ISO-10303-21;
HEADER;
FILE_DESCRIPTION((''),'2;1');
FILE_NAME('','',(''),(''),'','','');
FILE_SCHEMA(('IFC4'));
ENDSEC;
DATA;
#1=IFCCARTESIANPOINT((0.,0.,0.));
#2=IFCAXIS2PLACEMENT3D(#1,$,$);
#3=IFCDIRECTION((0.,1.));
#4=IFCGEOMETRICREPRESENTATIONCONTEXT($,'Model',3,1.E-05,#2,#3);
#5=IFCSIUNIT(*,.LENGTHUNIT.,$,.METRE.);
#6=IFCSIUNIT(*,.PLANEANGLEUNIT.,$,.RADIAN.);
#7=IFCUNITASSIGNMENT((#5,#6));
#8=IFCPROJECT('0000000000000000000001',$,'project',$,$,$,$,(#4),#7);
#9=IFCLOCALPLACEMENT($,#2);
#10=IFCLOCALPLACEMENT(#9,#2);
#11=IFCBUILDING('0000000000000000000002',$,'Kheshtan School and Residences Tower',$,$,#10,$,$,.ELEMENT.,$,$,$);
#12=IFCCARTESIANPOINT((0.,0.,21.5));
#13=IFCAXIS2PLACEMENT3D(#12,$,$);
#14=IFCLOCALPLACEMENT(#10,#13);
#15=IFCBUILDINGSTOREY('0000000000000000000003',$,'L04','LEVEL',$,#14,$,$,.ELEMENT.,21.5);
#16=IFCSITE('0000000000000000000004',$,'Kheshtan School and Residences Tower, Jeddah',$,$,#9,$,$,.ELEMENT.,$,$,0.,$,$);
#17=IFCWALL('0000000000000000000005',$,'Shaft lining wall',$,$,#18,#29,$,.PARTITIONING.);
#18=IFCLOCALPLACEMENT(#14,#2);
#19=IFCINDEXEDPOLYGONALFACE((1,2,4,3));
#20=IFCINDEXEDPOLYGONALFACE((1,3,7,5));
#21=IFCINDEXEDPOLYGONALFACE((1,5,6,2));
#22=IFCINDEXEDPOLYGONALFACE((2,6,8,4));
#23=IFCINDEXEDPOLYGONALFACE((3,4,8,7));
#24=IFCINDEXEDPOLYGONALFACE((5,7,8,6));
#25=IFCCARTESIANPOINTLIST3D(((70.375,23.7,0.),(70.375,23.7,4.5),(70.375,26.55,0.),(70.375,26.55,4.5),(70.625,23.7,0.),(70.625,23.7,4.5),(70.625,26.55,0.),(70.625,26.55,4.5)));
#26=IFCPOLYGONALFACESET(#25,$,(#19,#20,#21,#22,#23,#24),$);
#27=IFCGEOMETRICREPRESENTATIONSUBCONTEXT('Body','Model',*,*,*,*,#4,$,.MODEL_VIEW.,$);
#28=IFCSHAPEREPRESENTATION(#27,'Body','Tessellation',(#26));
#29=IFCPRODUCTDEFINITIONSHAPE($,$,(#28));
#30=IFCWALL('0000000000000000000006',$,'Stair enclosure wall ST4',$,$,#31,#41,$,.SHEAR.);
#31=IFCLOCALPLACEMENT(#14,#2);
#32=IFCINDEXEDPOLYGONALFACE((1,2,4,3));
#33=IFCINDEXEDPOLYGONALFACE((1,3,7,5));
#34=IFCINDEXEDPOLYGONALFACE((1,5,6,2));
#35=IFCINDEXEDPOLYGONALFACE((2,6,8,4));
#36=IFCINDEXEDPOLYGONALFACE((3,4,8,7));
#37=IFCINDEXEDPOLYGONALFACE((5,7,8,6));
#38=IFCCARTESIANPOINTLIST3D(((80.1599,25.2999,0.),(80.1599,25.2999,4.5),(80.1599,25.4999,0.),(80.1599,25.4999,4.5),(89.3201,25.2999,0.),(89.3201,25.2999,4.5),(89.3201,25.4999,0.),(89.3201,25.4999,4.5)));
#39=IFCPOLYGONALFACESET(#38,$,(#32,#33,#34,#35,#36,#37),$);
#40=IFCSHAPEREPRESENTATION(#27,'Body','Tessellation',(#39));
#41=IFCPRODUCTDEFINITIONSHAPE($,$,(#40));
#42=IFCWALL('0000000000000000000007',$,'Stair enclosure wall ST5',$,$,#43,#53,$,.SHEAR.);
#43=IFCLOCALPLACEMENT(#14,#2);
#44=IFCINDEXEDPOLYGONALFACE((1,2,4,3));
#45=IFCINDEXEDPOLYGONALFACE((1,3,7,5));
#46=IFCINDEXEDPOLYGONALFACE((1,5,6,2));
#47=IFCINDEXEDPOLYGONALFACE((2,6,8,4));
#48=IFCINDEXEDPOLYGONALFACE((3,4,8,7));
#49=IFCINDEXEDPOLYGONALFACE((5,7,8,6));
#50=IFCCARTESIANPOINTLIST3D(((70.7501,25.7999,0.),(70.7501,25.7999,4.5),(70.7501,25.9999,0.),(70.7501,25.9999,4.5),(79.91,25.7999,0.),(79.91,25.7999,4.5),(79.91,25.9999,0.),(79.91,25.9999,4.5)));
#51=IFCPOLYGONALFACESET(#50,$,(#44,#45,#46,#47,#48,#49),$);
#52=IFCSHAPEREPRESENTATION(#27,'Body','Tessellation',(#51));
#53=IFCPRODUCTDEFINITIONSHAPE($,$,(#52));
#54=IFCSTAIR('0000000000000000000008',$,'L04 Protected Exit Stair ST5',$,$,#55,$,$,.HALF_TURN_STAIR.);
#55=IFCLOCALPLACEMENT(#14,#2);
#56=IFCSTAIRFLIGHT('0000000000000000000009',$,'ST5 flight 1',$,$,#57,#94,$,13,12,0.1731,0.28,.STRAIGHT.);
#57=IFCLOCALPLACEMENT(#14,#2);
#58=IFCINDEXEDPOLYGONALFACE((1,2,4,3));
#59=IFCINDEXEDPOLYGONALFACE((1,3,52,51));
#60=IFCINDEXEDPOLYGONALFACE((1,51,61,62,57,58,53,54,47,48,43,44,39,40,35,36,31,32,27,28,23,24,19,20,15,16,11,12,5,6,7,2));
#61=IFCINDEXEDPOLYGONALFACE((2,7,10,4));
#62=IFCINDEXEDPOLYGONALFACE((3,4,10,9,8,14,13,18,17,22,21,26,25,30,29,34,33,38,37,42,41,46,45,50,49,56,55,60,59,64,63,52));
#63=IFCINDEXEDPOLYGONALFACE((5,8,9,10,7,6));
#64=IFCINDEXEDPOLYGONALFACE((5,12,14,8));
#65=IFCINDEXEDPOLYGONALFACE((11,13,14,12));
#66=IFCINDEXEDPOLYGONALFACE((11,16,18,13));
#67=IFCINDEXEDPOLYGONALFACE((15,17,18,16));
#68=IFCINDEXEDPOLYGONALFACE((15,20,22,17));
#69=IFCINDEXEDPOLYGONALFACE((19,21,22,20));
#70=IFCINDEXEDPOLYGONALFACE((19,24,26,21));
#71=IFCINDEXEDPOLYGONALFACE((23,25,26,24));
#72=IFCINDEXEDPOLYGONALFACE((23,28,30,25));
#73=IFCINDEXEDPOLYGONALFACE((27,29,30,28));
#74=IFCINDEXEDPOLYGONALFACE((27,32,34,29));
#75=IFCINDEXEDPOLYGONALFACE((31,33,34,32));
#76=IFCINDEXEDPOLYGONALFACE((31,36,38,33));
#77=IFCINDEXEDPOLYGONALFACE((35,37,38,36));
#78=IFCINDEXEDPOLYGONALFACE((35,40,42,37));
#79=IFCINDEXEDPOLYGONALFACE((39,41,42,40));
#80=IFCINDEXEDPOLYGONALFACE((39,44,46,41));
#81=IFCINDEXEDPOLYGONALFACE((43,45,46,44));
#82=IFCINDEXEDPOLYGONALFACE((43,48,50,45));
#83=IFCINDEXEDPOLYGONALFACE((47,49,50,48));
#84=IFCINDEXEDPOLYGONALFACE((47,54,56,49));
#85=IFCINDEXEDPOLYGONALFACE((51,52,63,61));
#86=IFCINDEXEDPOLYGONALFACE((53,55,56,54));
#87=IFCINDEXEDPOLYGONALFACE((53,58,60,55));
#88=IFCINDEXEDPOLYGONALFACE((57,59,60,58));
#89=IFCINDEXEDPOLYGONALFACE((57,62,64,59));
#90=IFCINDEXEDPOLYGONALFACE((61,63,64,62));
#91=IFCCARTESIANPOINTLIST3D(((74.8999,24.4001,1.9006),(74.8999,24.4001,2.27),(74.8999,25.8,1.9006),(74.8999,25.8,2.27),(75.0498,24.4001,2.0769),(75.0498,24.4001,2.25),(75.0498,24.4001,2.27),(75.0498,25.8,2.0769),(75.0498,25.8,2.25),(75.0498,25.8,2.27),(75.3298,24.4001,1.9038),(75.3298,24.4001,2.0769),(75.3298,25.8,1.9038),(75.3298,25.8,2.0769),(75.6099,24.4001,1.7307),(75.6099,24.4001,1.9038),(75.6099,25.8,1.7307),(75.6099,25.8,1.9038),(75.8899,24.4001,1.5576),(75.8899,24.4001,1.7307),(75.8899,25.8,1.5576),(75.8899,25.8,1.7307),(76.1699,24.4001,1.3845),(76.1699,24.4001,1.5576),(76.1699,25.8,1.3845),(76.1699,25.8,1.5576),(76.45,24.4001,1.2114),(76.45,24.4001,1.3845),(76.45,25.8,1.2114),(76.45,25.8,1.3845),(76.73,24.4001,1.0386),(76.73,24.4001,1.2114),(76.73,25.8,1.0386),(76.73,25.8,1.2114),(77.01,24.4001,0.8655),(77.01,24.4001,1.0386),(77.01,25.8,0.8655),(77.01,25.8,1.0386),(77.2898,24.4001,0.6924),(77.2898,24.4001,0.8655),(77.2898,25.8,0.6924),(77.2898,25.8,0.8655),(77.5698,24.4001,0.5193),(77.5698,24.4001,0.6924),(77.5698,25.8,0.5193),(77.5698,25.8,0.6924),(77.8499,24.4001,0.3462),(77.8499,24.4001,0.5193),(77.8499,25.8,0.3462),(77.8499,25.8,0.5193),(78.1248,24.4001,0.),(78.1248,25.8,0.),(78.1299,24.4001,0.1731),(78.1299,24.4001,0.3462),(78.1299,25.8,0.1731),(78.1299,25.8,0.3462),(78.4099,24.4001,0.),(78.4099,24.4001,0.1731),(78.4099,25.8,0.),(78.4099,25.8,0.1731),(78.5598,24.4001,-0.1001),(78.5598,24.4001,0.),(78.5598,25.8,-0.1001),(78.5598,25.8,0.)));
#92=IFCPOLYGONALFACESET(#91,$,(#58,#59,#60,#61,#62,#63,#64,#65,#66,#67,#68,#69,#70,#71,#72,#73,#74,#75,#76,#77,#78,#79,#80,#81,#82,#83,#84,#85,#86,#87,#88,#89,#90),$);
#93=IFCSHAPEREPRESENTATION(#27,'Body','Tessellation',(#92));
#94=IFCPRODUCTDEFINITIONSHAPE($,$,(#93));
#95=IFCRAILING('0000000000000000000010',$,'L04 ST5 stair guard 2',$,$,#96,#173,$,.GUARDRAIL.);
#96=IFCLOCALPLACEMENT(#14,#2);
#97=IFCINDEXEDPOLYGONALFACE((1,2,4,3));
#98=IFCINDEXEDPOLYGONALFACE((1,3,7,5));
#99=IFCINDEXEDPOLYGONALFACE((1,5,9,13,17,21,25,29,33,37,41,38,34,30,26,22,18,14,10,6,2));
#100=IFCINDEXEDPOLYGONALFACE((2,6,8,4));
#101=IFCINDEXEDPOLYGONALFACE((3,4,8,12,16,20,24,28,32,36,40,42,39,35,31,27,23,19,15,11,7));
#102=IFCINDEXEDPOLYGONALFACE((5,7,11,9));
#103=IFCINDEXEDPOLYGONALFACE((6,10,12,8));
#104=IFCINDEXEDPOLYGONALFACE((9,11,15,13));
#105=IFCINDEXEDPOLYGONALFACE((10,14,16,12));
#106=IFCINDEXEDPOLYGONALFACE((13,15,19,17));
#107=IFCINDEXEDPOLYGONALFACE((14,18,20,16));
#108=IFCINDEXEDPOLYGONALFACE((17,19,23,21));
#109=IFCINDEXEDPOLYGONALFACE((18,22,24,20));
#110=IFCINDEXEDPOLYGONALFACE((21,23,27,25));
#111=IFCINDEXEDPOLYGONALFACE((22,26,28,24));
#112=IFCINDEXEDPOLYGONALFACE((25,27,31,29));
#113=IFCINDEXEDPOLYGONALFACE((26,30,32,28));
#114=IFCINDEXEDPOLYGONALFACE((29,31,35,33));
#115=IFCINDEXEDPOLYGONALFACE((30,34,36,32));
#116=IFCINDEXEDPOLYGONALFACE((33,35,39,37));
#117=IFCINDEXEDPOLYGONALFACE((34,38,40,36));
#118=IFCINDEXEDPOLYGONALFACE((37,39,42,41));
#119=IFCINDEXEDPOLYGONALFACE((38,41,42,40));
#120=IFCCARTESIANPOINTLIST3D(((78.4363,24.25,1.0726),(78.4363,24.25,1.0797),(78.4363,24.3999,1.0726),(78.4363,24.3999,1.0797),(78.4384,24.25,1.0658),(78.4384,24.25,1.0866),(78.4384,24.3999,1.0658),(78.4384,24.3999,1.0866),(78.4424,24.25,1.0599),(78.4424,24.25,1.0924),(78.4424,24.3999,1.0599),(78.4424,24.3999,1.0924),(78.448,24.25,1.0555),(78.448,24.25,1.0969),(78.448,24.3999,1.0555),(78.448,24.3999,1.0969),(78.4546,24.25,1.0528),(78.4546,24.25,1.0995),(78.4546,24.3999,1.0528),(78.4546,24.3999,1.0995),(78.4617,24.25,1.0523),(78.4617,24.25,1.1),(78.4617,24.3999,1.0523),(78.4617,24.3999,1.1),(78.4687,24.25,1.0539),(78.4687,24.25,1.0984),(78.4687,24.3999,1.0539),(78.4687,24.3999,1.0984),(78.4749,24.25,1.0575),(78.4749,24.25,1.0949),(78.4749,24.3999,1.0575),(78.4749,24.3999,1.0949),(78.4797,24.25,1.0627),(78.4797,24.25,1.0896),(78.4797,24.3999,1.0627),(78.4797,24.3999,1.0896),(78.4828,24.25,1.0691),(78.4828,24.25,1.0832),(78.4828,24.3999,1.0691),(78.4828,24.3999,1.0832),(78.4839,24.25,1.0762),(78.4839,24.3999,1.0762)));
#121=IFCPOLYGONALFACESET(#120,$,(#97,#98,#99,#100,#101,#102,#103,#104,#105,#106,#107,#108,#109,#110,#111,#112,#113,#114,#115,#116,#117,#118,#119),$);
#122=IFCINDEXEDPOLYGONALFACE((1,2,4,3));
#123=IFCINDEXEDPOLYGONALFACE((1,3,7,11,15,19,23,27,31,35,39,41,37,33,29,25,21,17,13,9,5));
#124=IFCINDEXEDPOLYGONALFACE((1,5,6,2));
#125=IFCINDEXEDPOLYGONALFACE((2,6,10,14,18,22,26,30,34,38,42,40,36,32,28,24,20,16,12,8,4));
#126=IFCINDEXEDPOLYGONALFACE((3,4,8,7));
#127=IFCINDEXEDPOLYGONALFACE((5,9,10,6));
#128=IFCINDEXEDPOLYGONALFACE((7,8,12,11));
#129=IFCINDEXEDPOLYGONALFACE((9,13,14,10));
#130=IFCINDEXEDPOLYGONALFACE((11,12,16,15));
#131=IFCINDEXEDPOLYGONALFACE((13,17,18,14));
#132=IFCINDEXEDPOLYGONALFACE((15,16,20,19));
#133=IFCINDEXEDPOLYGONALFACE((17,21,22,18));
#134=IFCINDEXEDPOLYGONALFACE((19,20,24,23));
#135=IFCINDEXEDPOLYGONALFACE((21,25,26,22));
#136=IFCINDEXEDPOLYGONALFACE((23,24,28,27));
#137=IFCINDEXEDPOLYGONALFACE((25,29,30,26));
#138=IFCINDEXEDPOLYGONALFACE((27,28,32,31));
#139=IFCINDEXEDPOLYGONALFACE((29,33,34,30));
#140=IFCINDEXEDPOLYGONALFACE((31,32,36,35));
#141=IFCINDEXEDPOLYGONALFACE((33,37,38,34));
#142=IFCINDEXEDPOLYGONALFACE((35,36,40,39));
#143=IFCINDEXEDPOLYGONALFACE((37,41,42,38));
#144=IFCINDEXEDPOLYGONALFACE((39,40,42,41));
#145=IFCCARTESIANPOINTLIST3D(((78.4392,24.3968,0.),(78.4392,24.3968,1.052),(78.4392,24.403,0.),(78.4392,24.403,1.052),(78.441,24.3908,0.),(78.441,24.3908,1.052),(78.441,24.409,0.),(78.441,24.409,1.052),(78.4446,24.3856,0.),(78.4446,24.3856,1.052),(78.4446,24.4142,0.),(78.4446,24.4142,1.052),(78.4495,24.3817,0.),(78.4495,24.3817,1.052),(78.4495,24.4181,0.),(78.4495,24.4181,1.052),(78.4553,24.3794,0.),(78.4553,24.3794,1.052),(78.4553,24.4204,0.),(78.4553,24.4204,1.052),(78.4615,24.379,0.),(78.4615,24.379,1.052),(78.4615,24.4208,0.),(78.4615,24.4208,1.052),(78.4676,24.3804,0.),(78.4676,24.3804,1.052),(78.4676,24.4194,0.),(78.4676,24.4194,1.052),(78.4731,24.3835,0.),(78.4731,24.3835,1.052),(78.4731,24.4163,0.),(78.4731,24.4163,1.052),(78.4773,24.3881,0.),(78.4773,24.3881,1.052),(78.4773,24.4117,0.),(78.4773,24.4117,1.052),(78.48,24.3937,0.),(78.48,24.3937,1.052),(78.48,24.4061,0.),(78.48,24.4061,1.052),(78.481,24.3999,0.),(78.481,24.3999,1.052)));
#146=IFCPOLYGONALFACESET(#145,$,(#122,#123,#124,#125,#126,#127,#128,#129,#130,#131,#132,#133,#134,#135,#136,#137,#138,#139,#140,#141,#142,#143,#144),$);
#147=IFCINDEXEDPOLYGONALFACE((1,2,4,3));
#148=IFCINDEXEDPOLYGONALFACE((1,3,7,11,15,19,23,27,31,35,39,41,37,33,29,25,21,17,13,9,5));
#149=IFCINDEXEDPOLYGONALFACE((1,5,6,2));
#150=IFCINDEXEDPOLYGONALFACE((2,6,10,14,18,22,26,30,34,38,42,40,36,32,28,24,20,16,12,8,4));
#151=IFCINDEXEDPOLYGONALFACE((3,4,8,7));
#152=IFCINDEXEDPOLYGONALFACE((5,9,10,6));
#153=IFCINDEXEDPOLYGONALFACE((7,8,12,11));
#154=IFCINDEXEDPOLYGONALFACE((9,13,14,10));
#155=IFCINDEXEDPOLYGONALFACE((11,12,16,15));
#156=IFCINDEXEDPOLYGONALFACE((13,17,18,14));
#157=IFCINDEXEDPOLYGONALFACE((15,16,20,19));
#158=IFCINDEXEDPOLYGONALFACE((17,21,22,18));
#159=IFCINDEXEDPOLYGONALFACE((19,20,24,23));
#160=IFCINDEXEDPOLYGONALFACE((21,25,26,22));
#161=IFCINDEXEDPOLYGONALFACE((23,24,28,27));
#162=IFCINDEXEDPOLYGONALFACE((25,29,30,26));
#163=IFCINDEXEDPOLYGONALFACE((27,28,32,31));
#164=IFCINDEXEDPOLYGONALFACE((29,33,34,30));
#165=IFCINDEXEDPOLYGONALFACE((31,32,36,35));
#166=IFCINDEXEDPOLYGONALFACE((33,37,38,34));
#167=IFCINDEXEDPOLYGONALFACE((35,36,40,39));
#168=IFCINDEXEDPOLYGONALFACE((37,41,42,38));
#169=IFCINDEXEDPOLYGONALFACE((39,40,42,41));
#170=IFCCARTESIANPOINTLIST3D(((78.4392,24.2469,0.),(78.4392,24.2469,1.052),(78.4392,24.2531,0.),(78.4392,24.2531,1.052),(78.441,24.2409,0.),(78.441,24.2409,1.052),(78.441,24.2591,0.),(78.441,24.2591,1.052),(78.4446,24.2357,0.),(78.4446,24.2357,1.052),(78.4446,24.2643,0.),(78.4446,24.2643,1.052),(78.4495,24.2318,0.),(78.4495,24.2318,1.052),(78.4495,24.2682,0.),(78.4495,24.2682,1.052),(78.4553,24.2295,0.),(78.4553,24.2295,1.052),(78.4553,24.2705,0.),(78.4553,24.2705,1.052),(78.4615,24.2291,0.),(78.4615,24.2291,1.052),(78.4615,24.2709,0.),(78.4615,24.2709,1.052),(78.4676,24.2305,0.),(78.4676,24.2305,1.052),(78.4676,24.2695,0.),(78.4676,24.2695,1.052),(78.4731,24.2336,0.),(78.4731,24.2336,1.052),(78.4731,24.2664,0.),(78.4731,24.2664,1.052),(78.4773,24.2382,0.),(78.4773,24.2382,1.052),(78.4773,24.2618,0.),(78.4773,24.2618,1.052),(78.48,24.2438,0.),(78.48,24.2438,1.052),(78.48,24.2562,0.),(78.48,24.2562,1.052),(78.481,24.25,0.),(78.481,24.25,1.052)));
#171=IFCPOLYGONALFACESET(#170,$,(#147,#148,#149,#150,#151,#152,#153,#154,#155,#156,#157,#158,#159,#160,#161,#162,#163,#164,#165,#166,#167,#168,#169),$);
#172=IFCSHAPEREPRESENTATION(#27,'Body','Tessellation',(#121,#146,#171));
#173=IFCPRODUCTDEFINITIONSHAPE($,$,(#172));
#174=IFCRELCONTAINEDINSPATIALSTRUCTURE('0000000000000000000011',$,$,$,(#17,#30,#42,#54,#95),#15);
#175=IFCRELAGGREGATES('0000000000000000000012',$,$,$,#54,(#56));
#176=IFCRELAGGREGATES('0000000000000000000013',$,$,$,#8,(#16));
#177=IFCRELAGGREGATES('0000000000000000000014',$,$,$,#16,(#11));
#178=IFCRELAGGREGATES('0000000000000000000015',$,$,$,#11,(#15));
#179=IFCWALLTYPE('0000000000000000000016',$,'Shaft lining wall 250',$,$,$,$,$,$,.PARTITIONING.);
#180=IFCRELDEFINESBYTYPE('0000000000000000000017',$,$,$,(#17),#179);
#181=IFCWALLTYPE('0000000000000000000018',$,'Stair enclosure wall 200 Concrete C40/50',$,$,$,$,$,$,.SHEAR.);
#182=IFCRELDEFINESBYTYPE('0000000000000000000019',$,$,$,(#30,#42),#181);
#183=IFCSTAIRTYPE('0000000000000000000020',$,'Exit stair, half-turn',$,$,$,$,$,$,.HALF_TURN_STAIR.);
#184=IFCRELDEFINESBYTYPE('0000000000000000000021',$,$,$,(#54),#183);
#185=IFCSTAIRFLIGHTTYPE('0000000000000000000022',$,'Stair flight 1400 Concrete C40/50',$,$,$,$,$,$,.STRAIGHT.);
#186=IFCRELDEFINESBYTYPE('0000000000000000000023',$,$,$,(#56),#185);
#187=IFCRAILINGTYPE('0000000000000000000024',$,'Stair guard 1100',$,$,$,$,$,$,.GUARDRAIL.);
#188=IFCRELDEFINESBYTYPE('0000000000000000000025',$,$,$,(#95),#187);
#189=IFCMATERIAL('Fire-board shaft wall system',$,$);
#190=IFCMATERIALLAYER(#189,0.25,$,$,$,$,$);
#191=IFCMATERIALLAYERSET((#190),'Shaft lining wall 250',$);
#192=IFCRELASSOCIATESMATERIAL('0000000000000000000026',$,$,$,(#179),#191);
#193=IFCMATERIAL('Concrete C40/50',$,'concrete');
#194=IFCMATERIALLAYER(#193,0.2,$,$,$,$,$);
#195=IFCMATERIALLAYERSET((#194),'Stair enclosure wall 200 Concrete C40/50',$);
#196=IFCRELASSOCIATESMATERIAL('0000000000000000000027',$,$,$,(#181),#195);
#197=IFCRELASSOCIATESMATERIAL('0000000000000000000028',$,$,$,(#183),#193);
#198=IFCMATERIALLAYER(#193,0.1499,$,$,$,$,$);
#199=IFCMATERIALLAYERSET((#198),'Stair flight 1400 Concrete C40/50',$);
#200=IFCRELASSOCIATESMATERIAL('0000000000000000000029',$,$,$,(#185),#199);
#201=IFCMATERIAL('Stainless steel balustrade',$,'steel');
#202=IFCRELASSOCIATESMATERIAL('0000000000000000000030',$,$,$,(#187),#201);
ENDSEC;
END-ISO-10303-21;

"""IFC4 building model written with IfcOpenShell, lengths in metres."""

from ifc_helpers import new_model, si_unit, direction, frame, frame_2d, origin, origin_2d, place, context, subcontext, project, spatial, polyline, rectangle, circle, outline, extrude, material, layer, layer_set, type_object, element, aggregate, save


model = new_model("IFC4")

# Units and contexts
model_context = context("Model", 3, precision=1e-05, world=origin(), true_north=direction((0.0, 1.0)))
body_context = subcontext(model_context, "Body", "Model", "MODEL_VIEW")
ifc_project = project(units=[si_unit("LENGTHUNIT", "METRE"), si_unit("PLANEANGLEUNIT", "RADIAN")], contexts=[model_context])

# Site, building, storey
site_placement = place(None, origin())
site = spatial("IfcSite", under=ifc_project, at=site_placement, Name="Kheshtan School and Residences Tower, Jeddah", CompositionType="ELEMENT", RefElevation=0.0)
building_placement = place(site_placement, origin())
building = spatial("IfcBuilding", under=site, at=building_placement, Name="Kheshtan School and Residences Tower", CompositionType="ELEMENT")
storey_placement = place(building_placement, frame((0.0, 0.0, 21.5)))
storey = spatial("IfcBuildingStorey", under=building, at=storey_placement, Name="L04", Description="LEVEL", CompositionType="ELEMENT", Elevation=21.5)

# Walls
ifc_material_1 = material(Name="Fire-board shaft wall system")
ifc_layer_1 = layer(ifc_material_1, 0.25)
ifc_layer_set_1 = layer_set([ifc_layer_1], Name="Shaft lining wall 250")
wall_type_1 = type_object("IfcWallType", Name="Shaft lining wall 250", PredefinedType="PARTITIONING", material=ifc_layer_set_1)
wall_1_placement = place(storey_placement, frame((70.5, 23.7, 0.0), z_axis=(0.0, 0.0, 1.0), x_axis=(0.0, 1.0, 0.0)))
element("IfcWall", 1, at=wall_1_placement, inside=storey, type_object=wall_type_1, Name="Shaft lining wall", PredefinedType="PARTITIONING", context=body_context, shape_type="SweptSolid", body=[
    extrude(rectangle(XDim=2.8501, YDim=0.25, at=frame_2d((1.425, 0.0))), origin(), (0.0, 0.0, 1.0), 4.5),
])
ifc_material_2 = material(Name="Concrete C40/50", Category="concrete")
ifc_layer_2 = layer(ifc_material_2, 0.2)
ifc_layer_set_2 = layer_set([ifc_layer_2], Name="Stair enclosure wall 200 Concrete C40/50")
wall_type_2 = type_object("IfcWallType", Name="Stair enclosure wall 200 Concrete C40/50", PredefinedType="SHEAR", material=ifc_layer_set_2)
wall_2_placement = place(storey_placement, frame((80.1599, 25.3999, 0.0), z_axis=(0.0, 0.0, 1.0), x_axis=(1.0, 0.0, 0.0)))
element("IfcWall", 2, at=wall_2_placement, inside=storey, type_object=wall_type_2, Name="Stair enclosure wall ST4", PredefinedType="SHEAR", context=body_context, shape_type="SweptSolid", body=[
    extrude(rectangle(XDim=9.1602, YDim=0.2, at=frame_2d((4.5801, 0.0))), origin(), (0.0, 0.0, 1.0), 4.5),
])
wall_3_placement = place(storey_placement, frame((70.75, 25.8999, 0.0), z_axis=(0.0, 0.0, 1.0), x_axis=(1.0, 0.0, 0.0)))
element("IfcWall", 3, at=wall_3_placement, inside=storey, type_object=wall_type_2, Name="Stair enclosure wall ST5", PredefinedType="SHEAR", context=body_context, shape_type="SweptSolid", body=[
    extrude(rectangle(XDim=9.1599, YDim=0.2, at=frame_2d((4.5801, 0.0))), origin(), (0.0, 0.0, 1.0), 4.5),
])

# Stair, stair flight
stair_type = type_object("IfcStairType", Name="Exit stair, half-turn", PredefinedType="HALF_TURN_STAIR", material=ifc_material_2)
stair_placement = place(storey_placement, origin())
stair = element("IfcStair", 4, at=stair_placement, inside=storey, type_object=stair_type, Name="L04 Protected Exit Stair ST5", PredefinedType="HALF_TURN_STAIR")
ifc_layer_3 = layer(ifc_material_2, 0.1499)
ifc_layer_set_3 = layer_set([ifc_layer_3], Name="Stair flight 1400 Concrete C40/50")
stair_flight_type = type_object("IfcStairFlightType", Name="Stair flight 1400 Concrete C40/50", PredefinedType="STRAIGHT", material=ifc_layer_set_3)
stair_flight_placement = place(storey_placement, frame((78.4099, 25.1001, 0.0), z_axis=(0.0, 0.0, 1.0), x_axis=(-1.0, 0.0, 0.0)))
stair_flight = element("IfcStairFlight", 5, at=stair_flight_placement, type_object=stair_flight_type, Name="ST5 flight 1", NumberOfRisers=13, NumberOfTreads=12, PredefinedType="STRAIGHT", RiserHeight=0.1731, TreadLength=0.28, context=body_context, shape_type="SweptSolid", body=[
    extrude(outline(polyline([(-0.1499, -0.1001), (-0.1499, 0.0), (0.0, 0.0), (0.0, 0.1731), (0.28, 0.1731), (0.28, 0.3462), (0.5601, 0.3462), (0.5601, 0.5193), (0.8401, 0.5193), (0.8401, 0.6924), (1.1201, 0.6924), (1.1201, 0.8655), (1.3999, 0.8655), (1.3999, 1.0386), (1.6799, 1.0386), (1.6799, 1.2114), (1.96, 1.2114), (1.96, 1.3845), (2.24, 1.3845), (2.24, 1.5576), (2.52, 1.5576), (2.52, 1.7307), (2.8, 1.7307), (2.8, 1.9038), (3.0801, 1.9038), (3.0801, 2.0769), (3.3601, 2.0769), (3.3601, 2.25), (3.3601, 2.27), (3.51, 2.27), (3.51, 1.9006), (0.2852, 0.0), (-0.1499, -0.1001)])), frame((0.0, 0.7, 0.0), z_axis=(0.0, -1.0, 0.0), x_axis=(1.0, 0.0, 0.0)), (0.0, 0.0, 1.0), 1.3999),
])
aggregate(stair, [stair_flight])

# Railing
ifc_material_3 = material(Name="Stainless steel balustrade", Category="steel")
railing_type_1 = type_object("IfcRailingType", Name="Stair guard 1100", PredefinedType="GUARDRAIL", material=ifc_material_3)
railing_1_placement = place(storey_placement, frame((78.46, 24.3999, 0.0)))
element("IfcRailing", 6, at=railing_1_placement, inside=storey, type_object=railing_type_1, Name="L04 ST5 stair guard 2", PredefinedType="GUARDRAIL", context=body_context, shape_type="SweptSolid", body=[
    extrude(circle(Radius=0.0239, at=origin_2d()), frame((0.0, 0.0, 1.0762), z_axis=(0.0, -1.0, 0.0), x_axis=(1.0, 0.0, 0.0)), (0.0, 0.0, 1.0), 0.1499),
    extrude(circle(Radius=0.021, at=origin_2d()), origin(), (0.0, 0.0, 1.0), 1.052),
    extrude(circle(Radius=0.021, at=origin_2d()), frame((0.0, -0.1499, 0.0)), (0.0, 0.0, 1.0), 1.052),
])

save(model, "model.ifc")
